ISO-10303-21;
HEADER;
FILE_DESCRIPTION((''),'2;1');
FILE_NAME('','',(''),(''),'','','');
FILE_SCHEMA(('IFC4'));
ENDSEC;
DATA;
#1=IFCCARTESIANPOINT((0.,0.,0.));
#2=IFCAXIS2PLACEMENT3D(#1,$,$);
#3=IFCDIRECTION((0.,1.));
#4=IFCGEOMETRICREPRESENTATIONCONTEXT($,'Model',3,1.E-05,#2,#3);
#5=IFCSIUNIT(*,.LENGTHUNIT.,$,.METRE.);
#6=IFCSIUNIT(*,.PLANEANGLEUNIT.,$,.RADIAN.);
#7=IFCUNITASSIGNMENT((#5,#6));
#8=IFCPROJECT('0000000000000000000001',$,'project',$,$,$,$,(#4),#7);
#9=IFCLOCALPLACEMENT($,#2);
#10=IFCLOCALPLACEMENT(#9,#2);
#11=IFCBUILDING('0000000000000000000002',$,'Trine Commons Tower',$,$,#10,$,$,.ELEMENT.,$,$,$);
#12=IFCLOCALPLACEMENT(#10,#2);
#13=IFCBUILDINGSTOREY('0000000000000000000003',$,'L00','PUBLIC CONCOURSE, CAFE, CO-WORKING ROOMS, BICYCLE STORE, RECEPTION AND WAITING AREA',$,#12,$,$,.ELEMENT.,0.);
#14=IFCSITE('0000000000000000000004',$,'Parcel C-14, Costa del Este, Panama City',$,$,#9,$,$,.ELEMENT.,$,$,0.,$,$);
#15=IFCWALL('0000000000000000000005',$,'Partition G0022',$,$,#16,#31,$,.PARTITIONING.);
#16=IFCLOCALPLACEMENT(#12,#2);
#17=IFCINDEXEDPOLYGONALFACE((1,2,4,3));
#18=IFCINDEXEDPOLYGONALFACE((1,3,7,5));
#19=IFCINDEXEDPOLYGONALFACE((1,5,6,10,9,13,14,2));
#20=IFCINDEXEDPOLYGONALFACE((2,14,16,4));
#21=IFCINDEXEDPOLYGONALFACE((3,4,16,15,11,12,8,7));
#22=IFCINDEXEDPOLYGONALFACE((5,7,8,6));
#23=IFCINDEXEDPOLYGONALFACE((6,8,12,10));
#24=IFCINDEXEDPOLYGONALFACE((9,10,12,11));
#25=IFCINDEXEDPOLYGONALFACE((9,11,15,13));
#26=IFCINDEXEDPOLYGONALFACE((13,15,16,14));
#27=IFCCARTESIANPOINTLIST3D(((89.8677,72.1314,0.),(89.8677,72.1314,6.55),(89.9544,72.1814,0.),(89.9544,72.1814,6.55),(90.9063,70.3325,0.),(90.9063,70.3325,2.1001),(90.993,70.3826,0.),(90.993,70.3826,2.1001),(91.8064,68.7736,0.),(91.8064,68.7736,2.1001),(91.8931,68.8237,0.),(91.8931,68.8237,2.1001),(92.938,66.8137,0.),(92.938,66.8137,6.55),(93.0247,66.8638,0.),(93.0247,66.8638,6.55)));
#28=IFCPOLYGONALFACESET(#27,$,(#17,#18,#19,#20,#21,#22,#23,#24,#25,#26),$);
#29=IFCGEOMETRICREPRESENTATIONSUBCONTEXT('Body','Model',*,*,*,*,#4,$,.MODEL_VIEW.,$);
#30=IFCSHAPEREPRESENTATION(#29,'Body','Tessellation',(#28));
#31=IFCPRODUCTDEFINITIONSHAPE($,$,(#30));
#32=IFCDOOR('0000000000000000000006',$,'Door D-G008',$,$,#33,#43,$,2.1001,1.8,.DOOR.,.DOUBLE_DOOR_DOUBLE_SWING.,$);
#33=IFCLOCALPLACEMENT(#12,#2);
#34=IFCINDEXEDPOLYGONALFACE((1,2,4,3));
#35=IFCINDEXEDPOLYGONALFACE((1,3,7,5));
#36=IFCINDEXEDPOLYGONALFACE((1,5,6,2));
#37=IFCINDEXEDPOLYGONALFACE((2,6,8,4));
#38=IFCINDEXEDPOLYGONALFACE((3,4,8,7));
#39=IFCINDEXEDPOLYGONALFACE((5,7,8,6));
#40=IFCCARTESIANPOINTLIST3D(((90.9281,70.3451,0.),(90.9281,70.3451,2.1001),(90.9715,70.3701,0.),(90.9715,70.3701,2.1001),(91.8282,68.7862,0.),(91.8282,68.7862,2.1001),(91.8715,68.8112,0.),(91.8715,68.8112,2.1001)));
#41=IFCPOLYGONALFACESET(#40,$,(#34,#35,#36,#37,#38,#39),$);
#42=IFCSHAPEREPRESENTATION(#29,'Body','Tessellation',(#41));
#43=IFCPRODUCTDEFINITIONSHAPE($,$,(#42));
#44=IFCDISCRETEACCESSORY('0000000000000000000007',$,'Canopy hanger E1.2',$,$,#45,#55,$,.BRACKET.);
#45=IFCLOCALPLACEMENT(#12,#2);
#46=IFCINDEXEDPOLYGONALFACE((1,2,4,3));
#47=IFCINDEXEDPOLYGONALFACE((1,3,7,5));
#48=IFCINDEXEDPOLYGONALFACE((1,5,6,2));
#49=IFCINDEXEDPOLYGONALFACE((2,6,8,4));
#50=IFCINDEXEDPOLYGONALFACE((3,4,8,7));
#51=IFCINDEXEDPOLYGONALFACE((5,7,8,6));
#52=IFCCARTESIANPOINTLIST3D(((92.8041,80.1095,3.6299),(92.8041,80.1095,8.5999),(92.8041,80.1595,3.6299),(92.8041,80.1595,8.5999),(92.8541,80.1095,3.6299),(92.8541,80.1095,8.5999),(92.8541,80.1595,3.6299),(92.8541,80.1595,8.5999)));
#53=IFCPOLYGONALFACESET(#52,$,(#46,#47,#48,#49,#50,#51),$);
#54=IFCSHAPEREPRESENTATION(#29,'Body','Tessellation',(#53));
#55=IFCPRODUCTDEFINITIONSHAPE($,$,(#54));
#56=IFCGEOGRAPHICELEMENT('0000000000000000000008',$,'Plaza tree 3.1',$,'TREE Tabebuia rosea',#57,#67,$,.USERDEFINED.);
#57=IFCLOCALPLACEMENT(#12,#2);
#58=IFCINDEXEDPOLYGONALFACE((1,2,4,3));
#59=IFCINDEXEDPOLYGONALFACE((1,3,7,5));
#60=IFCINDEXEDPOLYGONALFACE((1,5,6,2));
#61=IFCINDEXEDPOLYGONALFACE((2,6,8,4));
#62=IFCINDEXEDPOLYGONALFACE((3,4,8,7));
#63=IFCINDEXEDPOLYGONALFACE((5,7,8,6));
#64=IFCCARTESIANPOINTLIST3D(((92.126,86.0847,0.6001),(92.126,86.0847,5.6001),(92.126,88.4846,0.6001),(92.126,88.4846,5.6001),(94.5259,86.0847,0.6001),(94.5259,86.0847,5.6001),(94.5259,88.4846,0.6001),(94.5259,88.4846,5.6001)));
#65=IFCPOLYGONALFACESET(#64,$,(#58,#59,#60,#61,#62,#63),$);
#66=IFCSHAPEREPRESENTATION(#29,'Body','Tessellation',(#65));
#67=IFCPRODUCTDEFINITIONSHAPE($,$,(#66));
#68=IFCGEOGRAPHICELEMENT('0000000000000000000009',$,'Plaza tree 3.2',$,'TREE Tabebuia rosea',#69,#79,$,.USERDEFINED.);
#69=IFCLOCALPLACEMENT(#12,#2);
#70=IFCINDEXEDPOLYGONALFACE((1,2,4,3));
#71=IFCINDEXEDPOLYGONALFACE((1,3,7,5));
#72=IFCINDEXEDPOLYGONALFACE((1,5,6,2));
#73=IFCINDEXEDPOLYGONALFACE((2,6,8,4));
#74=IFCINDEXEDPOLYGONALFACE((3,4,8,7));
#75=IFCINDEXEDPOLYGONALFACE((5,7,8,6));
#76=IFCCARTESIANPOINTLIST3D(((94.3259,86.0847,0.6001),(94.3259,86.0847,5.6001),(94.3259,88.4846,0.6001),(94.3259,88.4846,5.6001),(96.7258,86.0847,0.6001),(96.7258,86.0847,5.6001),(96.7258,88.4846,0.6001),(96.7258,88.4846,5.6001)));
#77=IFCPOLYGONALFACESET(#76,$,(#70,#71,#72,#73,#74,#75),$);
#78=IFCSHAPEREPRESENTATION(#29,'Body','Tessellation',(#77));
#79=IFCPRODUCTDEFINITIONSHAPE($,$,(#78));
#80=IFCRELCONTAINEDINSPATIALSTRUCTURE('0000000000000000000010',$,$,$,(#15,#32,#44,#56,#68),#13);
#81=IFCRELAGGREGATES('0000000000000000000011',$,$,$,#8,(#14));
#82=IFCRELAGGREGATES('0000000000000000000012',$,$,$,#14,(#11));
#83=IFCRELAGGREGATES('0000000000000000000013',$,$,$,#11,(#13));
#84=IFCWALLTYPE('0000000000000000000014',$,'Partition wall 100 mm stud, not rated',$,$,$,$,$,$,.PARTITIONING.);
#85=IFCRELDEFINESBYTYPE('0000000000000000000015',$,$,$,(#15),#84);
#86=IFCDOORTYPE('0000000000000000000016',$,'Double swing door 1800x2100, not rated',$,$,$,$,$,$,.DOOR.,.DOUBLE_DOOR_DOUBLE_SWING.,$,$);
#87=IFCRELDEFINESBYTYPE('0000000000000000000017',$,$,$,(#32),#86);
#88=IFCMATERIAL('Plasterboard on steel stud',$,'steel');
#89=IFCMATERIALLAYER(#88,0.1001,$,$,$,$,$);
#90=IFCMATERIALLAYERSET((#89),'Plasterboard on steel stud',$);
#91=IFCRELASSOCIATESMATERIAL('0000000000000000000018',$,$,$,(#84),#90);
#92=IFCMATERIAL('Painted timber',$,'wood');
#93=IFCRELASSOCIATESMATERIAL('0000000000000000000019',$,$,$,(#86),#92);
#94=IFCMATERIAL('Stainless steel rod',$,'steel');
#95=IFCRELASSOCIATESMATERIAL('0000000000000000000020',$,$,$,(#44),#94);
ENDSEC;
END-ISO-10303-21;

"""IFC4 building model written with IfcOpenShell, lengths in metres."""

from ifc_helpers import new_model, si_unit, direction, frame, frame_2d, origin, origin_2d, place, context, subcontext, project, spatial, rectangle, extrude, material, layer, layer_set, type_object, element, fill, save


model = new_model("IFC4")

# Units and contexts
model_context = context("Model", 3, precision=1e-05, world=origin(), true_north=direction((0.0, 1.0)))
body_context = subcontext(model_context, "Body", "Model", "MODEL_VIEW")
ifc_project = project(units=[si_unit("LENGTHUNIT", "METRE"), si_unit("PLANEANGLEUNIT", "RADIAN")], contexts=[model_context])

# Site, building, storey
site_placement = place(None, origin())
site = spatial("IfcSite", under=ifc_project, at=site_placement, Name="Parcel C-14, Costa del Este, Panama City", CompositionType="ELEMENT", RefElevation=0.0)
building_placement = place(site_placement, origin())
building = spatial("IfcBuilding", under=site, at=building_placement, Name="Trine Commons Tower", CompositionType="ELEMENT")
storey_placement = place(building_placement, origin())
storey = spatial("IfcBuildingStorey", under=building, at=storey_placement, Name="L00", Description="PUBLIC CONCOURSE, CAFE, CO-WORKING ROOMS, BICYCLE STORE, RECEPTION AND WAITING AREA", CompositionType="ELEMENT", Elevation=0.0)

# Shared definitions
ifc_material_1 = material(Name="Painted timber", Category="wood")

# Shared definitions
ifc_material_2 = material(Name="Plasterboard on steel stud", Category="steel")

# Wall, opening, door
ifc_layer_1 = layer(ifc_material_2, 0.1001)
ifc_layer_set_1 = layer_set([ifc_layer_1], Name="Plasterboard on steel stud")
wall_type_1 = type_object("IfcWallType", Name="Partition wall 100 mm stud, not rated", PredefinedType="PARTITIONING", material=ifc_layer_set_1)
wall_1_placement = place(storey_placement, frame((92.9814, 66.8386, 0.0), z_axis=(0.0, 0.0, 1.0), x_axis=(-0.500022, 0.866013, 0.0)))
wall_1 = element("IfcWall", 1, at=wall_1_placement, inside=storey, type_object=wall_type_1, Name="Partition G0022", PredefinedType="PARTITIONING", context=body_context, shape_type="SweptSolid", body=[
    extrude(rectangle(XDim=6.1404, YDim=0.1001, at=frame_2d((3.0703, 0.0))), origin(), (0.0, 0.0, 1.0), 6.55),
])
opening_1_placement = place(wall_1_placement, frame((2.2634, 0.0, 0.0)))
opening_1 = element("IfcOpeningElement", 2, at=opening_1_placement, cuts=wall_1, PredefinedType="OPENING", context=body_context, shape_type="SweptSolid", body=[
    extrude(rectangle(XDim=1.8, YDim=2.1001, at=frame_2d((0.8999, 1.05))), frame((0.0, 0.0601, 0.0), z_axis=(0.0, -1.0, 0.0), x_axis=(1.0, 0.0, 0.0)), (0.0, 0.0, 1.0), 0.1201),
])
door_type_1 = type_object("IfcDoorType", Name="Double swing door 1800x2100, not rated", OperationType="DOUBLE_DOOR_DOUBLE_SWING", PredefinedType="DOOR", material=ifc_material_1)
door_1_placement = place(opening_1_placement, origin())
door_1 = element("IfcDoor", 3, at=door_1_placement, inside=storey, type_object=door_type_1, Name="Door D-G008", OperationType="DOUBLE_DOOR_DOUBLE_SWING", OverallHeight=2.1001, OverallWidth=1.8, PredefinedType="DOOR", context=body_context, shape_type="SweptSolid", body=[
    extrude(rectangle(XDim=1.8, YDim=2.1001, at=frame_2d((0.8999, 1.05))), frame((0.0, 0.0249, 0.0), z_axis=(0.0, -1.0, 0.0), x_axis=(1.0, 0.0, 0.0)), (0.0, 0.0, 1.0), 0.05),
])
fill(opening_1, door_1)

# Discrete accessory
ifc_material_3 = material(Name="Stainless steel rod", Category="steel")
discrete_accessory_placement = place(storey_placement, frame((92.8291, 80.1345, 3.6299), z_axis=(0.0, 0.0, 1.0), x_axis=(1.0, 0.0, 0.0)))
element("IfcDiscreteAccessory", 4, at=discrete_accessory_placement, inside=storey, material=ifc_material_3, Name="Canopy hanger E1.2", PredefinedType="BRACKET", context=body_context, shape_type="SweptSolid", body=[
    extrude(rectangle(XDim=0.05, YDim=0.05, at=origin_2d()), origin(), (0.0, 0.0, 1.0), 4.97),
])

# Geographic elements
for number, where, z_axis, x_axis, name in (
    (5, (93.3259, 87.2847, 0.6001), (0.0, 0.0, 1.0), (1.0, 0.0, 0.0), "Plaza tree 3.1"),
    (6, (95.5259, 87.2847, 0.6001), (0.0, 0.0, 1.0), (1.0, 0.0, 0.0), "Plaza tree 3.2"),
):
    element("IfcGeographicElement", number, at=place(storey_placement, frame(where, z_axis=z_axis, x_axis=x_axis)), inside=storey, Name=name, ObjectType="TREE Tabebuia rosea", PredefinedType="USERDEFINED", context=body_context, shape_type="SweptSolid", body=[
        extrude(rectangle(XDim=2.3999, YDim=2.3999, at=origin_2d()), origin(), (0.0, 0.0, 1.0), 5.0),
    ])

save(model, "model.ifc")
